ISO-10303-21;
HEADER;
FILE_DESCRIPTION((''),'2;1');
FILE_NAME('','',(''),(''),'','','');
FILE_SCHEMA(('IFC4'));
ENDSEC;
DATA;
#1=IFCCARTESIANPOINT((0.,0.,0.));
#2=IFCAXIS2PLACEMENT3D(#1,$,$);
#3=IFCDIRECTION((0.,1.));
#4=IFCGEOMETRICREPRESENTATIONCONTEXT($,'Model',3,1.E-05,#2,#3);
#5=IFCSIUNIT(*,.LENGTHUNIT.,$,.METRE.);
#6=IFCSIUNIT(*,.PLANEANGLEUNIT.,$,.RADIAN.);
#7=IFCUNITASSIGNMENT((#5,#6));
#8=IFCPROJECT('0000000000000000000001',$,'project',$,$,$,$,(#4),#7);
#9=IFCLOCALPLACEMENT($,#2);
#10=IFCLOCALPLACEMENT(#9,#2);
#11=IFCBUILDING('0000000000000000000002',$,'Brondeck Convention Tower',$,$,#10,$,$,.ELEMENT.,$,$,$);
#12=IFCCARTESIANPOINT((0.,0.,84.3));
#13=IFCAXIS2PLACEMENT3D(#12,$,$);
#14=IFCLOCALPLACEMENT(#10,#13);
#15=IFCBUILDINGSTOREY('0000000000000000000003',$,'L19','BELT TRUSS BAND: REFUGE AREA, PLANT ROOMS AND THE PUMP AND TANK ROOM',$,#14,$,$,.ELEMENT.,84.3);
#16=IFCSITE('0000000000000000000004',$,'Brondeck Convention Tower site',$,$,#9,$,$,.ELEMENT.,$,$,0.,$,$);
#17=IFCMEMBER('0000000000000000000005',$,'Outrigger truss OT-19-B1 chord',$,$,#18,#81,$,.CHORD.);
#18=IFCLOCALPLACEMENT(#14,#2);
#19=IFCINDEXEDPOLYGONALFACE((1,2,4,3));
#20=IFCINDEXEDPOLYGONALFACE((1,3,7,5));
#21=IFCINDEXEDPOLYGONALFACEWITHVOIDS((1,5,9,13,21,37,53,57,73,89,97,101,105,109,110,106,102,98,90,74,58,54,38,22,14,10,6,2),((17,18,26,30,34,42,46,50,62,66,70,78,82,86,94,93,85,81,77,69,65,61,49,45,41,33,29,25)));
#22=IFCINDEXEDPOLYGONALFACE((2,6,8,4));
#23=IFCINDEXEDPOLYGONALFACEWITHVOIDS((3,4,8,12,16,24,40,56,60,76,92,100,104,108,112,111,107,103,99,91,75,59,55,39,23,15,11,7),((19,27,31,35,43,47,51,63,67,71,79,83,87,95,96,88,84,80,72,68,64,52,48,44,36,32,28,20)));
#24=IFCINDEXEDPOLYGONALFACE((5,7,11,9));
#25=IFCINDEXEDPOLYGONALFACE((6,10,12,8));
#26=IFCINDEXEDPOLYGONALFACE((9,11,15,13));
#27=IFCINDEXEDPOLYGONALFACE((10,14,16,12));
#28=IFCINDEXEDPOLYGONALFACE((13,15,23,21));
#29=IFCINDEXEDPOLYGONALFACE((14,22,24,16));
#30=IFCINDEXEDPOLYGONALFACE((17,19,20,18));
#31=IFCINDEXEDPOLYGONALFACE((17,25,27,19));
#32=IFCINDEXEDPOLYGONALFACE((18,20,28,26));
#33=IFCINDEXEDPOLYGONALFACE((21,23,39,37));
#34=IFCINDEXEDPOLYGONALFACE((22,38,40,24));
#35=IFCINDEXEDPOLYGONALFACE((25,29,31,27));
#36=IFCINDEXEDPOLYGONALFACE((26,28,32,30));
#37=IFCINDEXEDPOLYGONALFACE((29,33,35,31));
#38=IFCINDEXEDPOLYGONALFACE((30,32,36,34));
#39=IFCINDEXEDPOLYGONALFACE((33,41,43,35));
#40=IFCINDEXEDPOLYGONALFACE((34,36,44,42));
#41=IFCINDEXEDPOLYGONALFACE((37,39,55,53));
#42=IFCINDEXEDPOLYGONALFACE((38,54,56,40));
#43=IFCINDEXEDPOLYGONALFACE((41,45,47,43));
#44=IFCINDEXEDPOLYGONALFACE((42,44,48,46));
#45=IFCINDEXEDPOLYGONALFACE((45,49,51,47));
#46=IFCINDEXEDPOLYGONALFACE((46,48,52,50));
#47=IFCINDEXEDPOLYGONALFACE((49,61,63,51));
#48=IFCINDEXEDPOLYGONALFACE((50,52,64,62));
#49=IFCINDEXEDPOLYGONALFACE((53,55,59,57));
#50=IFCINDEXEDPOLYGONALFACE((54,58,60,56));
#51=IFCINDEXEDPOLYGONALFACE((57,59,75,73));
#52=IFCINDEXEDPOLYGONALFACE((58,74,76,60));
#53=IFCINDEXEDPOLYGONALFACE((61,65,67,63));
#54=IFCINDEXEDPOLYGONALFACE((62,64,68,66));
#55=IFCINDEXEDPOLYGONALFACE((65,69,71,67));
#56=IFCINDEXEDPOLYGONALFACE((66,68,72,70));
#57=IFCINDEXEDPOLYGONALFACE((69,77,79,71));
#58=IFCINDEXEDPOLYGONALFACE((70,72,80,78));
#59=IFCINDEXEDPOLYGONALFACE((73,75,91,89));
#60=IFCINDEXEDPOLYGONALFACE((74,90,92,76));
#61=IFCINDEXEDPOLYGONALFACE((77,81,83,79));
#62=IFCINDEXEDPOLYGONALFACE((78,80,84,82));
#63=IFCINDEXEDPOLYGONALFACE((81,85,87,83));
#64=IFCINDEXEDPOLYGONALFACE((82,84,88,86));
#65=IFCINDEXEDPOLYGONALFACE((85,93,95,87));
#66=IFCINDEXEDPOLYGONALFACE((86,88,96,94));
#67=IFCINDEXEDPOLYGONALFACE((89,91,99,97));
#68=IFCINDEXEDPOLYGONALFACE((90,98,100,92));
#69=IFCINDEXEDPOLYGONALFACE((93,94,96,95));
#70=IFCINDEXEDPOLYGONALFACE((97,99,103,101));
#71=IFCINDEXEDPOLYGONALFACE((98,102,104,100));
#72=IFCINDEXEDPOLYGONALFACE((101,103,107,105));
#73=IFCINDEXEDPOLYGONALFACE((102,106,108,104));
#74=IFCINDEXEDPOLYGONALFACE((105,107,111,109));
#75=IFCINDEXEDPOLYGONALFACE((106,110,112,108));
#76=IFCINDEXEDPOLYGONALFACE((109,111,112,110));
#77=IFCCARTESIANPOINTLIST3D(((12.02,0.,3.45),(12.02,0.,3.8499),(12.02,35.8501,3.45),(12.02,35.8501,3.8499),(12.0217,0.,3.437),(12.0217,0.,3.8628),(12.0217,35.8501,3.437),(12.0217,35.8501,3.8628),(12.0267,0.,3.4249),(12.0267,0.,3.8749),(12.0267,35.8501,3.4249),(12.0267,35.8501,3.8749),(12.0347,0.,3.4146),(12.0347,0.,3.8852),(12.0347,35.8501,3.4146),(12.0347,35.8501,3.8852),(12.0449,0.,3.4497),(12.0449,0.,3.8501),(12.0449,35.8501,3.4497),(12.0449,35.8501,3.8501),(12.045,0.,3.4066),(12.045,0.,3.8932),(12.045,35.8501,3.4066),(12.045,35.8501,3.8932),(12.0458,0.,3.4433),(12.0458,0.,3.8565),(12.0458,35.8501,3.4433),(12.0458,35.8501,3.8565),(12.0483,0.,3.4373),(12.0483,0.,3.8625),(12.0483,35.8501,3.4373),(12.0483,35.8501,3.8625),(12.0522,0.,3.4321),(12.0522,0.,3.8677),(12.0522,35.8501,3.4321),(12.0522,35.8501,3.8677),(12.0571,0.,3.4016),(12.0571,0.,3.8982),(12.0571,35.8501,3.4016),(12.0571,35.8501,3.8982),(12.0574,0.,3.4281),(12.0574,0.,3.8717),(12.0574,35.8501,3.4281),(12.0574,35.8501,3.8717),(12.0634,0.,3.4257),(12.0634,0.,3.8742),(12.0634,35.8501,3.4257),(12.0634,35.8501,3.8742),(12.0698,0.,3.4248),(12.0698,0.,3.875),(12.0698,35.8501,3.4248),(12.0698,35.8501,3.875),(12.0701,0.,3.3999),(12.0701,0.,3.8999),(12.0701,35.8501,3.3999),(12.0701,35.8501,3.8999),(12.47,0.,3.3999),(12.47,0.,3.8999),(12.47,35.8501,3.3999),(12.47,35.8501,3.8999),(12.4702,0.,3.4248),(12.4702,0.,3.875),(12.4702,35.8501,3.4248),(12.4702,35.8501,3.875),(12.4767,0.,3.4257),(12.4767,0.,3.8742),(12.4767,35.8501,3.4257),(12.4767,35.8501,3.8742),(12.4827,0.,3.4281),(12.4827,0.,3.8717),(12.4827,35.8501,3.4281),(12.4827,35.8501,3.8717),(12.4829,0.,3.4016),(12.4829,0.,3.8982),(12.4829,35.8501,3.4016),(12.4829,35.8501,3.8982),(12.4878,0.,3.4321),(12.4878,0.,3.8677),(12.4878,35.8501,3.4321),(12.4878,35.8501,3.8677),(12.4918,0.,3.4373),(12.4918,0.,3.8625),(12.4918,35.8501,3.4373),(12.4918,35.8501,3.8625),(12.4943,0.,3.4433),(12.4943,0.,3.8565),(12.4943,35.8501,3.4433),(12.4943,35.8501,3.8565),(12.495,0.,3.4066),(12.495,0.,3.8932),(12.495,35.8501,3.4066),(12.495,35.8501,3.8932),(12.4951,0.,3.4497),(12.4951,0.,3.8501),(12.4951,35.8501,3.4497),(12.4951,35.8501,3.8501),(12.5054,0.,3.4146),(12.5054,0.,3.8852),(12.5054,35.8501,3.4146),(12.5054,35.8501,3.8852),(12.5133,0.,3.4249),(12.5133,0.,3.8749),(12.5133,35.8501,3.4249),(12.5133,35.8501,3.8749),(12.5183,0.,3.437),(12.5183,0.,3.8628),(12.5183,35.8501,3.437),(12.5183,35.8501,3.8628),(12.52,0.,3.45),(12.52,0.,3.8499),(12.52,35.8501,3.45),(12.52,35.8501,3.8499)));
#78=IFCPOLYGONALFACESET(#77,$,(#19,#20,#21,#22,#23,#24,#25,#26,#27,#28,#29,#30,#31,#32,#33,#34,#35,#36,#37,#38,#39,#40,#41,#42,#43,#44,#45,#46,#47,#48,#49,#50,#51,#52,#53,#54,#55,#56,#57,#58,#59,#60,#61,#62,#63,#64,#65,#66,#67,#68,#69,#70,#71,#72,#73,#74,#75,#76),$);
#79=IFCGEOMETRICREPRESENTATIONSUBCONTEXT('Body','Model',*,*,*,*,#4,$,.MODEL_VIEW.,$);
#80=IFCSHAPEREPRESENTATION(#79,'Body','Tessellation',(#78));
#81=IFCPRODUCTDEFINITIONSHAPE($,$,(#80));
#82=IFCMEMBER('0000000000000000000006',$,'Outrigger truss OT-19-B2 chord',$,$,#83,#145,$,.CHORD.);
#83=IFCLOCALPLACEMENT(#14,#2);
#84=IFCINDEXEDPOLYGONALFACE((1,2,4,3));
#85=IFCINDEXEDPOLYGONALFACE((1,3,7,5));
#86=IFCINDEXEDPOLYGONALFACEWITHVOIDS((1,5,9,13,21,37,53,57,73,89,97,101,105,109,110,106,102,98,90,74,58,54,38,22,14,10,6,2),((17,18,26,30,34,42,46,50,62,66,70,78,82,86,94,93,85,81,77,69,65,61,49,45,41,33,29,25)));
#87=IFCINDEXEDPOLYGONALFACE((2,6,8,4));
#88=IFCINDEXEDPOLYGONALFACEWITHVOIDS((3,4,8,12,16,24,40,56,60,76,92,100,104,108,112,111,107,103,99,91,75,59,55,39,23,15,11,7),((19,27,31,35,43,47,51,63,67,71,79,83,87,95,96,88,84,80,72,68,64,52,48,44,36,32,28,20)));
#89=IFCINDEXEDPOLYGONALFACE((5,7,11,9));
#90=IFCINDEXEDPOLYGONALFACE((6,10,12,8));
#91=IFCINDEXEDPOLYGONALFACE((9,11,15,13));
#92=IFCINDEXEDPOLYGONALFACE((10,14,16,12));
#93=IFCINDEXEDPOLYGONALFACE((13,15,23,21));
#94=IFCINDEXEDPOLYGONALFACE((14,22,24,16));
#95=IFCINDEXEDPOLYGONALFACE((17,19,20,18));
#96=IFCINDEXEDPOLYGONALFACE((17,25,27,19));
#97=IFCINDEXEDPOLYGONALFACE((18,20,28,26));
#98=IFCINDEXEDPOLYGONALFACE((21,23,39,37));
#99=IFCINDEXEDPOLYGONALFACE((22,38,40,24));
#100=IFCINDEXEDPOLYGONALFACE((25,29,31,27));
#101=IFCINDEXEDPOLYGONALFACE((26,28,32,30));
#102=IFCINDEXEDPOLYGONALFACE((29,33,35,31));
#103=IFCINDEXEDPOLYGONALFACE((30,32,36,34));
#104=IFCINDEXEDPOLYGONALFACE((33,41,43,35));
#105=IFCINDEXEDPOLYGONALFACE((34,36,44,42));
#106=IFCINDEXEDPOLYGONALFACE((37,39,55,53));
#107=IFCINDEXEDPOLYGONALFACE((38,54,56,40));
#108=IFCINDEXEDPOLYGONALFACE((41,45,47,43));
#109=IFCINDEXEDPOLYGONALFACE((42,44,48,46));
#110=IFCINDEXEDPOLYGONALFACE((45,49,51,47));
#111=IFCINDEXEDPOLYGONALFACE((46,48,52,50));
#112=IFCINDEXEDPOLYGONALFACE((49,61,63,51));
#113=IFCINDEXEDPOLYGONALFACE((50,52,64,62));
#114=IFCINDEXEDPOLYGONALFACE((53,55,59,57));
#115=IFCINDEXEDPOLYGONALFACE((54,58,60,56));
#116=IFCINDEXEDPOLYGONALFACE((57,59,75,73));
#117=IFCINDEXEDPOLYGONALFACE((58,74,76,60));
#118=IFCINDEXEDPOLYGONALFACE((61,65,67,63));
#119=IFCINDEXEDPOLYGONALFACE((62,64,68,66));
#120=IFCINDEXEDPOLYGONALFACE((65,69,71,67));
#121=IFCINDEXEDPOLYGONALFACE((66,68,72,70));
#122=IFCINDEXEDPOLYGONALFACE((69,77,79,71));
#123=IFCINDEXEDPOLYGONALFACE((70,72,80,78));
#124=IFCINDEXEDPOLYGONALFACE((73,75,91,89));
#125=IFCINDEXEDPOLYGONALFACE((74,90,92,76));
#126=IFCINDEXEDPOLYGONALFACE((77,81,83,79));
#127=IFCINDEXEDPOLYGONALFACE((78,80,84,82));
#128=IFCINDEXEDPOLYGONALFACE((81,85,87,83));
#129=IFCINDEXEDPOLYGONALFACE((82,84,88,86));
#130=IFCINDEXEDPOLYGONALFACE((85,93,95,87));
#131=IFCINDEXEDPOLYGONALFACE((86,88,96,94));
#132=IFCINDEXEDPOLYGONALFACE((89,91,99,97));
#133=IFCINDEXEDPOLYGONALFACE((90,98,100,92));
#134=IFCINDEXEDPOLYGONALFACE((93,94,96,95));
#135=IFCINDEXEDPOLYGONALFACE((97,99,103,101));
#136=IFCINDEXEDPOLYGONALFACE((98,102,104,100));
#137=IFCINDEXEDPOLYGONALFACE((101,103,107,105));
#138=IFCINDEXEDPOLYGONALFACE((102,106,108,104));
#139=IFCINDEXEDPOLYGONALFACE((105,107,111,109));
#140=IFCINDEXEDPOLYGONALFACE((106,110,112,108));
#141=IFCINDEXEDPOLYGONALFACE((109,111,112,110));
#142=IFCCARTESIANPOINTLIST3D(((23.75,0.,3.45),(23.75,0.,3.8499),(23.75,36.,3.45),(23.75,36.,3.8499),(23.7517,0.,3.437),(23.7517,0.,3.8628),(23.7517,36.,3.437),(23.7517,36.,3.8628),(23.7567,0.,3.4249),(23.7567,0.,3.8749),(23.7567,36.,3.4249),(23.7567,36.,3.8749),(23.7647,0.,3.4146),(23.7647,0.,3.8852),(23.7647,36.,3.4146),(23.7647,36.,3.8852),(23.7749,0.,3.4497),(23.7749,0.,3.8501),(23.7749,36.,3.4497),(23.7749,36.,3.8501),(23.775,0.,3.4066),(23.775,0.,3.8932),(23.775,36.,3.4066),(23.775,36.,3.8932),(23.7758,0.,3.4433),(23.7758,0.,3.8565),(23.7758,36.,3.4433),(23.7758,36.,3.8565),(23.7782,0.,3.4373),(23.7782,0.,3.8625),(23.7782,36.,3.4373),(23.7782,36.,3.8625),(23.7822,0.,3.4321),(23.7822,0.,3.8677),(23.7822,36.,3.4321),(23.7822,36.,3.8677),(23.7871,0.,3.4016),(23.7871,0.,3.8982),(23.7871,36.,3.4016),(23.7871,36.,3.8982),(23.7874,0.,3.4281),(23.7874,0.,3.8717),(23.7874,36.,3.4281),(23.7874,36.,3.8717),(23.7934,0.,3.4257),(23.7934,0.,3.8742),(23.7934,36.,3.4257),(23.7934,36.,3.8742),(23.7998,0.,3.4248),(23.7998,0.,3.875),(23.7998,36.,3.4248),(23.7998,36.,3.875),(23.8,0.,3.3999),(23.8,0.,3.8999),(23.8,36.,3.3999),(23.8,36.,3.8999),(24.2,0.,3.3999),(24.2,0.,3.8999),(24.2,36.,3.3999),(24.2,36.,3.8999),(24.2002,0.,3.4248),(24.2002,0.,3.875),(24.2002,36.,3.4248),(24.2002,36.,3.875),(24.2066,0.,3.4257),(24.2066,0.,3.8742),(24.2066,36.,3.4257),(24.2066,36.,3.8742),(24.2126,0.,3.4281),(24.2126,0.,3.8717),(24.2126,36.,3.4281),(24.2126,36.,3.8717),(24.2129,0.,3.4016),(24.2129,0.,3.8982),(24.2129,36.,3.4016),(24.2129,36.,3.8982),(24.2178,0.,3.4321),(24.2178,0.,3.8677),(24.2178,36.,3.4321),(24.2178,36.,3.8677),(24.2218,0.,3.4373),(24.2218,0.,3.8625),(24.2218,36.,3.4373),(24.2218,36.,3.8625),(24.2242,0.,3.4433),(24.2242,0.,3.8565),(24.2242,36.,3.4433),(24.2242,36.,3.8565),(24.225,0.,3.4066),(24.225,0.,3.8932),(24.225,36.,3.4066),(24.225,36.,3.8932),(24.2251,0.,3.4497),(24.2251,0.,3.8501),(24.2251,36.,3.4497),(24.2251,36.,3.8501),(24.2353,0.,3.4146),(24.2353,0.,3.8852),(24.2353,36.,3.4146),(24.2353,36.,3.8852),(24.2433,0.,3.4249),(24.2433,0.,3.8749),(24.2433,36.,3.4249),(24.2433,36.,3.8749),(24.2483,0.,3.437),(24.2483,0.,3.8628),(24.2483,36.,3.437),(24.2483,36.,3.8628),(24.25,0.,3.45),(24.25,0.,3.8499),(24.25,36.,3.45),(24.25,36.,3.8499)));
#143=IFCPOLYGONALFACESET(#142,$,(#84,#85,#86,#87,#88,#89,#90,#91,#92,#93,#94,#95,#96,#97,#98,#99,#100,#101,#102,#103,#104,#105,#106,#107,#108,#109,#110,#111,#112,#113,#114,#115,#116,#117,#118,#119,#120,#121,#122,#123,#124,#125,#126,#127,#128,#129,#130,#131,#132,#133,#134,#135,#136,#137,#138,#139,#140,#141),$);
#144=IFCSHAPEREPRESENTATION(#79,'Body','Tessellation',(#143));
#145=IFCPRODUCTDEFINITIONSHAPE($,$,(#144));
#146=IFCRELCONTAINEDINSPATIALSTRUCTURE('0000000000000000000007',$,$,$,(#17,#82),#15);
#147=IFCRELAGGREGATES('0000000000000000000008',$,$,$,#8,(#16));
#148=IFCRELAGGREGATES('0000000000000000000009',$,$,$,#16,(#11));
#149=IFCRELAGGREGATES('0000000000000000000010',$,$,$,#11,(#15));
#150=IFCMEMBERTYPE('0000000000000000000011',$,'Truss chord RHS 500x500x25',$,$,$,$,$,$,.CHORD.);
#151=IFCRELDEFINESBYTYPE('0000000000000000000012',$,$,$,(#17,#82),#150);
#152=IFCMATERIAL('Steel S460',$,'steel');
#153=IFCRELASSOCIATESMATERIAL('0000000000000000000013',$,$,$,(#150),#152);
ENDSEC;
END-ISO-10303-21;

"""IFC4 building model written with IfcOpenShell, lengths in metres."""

from ifc_helpers import new_model, si_unit, direction, frame, origin, origin_2d, place, context, subcontext, project, spatial, hollow_rectangle, extrude, material, material_profile, profile_set, type_object, element, save


model = new_model("IFC4")

# Units and contexts
model_context = context("Model", 3, precision=1e-05, world=origin(), true_north=direction((0.0, 1.0)))
body_context = subcontext(model_context, "Body", "Model", "MODEL_VIEW")
ifc_project = project(units=[si_unit("LENGTHUNIT", "METRE"), si_unit("PLANEANGLEUNIT", "RADIAN")], contexts=[model_context])

# Site, building, storey
site_placement = place(None, origin())
site = spatial("IfcSite", under=ifc_project, at=site_placement, Name="Brondeck Convention Tower site", CompositionType="ELEMENT", RefElevation=0.0)
building_placement = place(site_placement, origin())
building = spatial("IfcBuilding", under=site, at=building_placement, Name="Brondeck Convention Tower", CompositionType="ELEMENT")
storey_placement = place(building_placement, frame((0.0, 0.0, 84.3)))
storey = spatial("IfcBuildingStorey", under=building, at=storey_placement, Name="L19", Description="BELT TRUSS BAND: REFUGE AREA, PLANT ROOMS AND THE PUMP AND TANK ROOM", CompositionType="ELEMENT", Elevation=84.3)

# Members
ifc_material_1 = material(Name="Steel S460", Category="steel")
ifc_material_profile_1 = material_profile(ifc_material_1, hollow_rectangle(XDim=0.5, YDim=0.5, WallThickness=0.0249, InnerFilletRadius=0.0249, OuterFilletRadius=0.05, at=origin_2d()), Name="RHS 500x500x25")
ifc_profile_set_1 = profile_set([ifc_material_profile_1], Name="Steel S460")
member_type = type_object("IfcMemberType", Name="Truss chord RHS 500x500x25", PredefinedType="CHORD", material=ifc_profile_set_1)
member_1_placement = place(storey_placement, frame((12.27, 35.8501, 3.6499), z_axis=(0.0, -1.0, 0.0), x_axis=(1.0, 0.0, 0.0)))
element("IfcMember", 1, at=member_1_placement, inside=storey, type_object=member_type, Name="Outrigger truss OT-19-B1 chord", PredefinedType="CHORD", context=body_context, shape_type="SweptSolid", body=[
    extrude(hollow_rectangle(XDim=0.5, YDim=0.5, WallThickness=0.0249, InnerFilletRadius=0.0249, OuterFilletRadius=0.05, at=origin_2d()), origin(), (0.0, 0.0, 1.0), 35.8501),
])
member_2_placement = place(storey_placement, frame((24.0, 36.0, 3.6499), z_axis=(0.0, -1.0, 0.0), x_axis=(1.0, 0.0, 0.0)))
element("IfcMember", 2, at=member_2_placement, inside=storey, type_object=member_type, Name="Outrigger truss OT-19-B2 chord", PredefinedType="CHORD", context=body_context, shape_type="SweptSolid", body=[
    extrude(hollow_rectangle(XDim=0.5, YDim=0.5, WallThickness=0.0249, InnerFilletRadius=0.0249, OuterFilletRadius=0.05, at=origin_2d()), origin(), (0.0, 0.0, 1.0), 36.0),
])

save(model, "model.ifc")
